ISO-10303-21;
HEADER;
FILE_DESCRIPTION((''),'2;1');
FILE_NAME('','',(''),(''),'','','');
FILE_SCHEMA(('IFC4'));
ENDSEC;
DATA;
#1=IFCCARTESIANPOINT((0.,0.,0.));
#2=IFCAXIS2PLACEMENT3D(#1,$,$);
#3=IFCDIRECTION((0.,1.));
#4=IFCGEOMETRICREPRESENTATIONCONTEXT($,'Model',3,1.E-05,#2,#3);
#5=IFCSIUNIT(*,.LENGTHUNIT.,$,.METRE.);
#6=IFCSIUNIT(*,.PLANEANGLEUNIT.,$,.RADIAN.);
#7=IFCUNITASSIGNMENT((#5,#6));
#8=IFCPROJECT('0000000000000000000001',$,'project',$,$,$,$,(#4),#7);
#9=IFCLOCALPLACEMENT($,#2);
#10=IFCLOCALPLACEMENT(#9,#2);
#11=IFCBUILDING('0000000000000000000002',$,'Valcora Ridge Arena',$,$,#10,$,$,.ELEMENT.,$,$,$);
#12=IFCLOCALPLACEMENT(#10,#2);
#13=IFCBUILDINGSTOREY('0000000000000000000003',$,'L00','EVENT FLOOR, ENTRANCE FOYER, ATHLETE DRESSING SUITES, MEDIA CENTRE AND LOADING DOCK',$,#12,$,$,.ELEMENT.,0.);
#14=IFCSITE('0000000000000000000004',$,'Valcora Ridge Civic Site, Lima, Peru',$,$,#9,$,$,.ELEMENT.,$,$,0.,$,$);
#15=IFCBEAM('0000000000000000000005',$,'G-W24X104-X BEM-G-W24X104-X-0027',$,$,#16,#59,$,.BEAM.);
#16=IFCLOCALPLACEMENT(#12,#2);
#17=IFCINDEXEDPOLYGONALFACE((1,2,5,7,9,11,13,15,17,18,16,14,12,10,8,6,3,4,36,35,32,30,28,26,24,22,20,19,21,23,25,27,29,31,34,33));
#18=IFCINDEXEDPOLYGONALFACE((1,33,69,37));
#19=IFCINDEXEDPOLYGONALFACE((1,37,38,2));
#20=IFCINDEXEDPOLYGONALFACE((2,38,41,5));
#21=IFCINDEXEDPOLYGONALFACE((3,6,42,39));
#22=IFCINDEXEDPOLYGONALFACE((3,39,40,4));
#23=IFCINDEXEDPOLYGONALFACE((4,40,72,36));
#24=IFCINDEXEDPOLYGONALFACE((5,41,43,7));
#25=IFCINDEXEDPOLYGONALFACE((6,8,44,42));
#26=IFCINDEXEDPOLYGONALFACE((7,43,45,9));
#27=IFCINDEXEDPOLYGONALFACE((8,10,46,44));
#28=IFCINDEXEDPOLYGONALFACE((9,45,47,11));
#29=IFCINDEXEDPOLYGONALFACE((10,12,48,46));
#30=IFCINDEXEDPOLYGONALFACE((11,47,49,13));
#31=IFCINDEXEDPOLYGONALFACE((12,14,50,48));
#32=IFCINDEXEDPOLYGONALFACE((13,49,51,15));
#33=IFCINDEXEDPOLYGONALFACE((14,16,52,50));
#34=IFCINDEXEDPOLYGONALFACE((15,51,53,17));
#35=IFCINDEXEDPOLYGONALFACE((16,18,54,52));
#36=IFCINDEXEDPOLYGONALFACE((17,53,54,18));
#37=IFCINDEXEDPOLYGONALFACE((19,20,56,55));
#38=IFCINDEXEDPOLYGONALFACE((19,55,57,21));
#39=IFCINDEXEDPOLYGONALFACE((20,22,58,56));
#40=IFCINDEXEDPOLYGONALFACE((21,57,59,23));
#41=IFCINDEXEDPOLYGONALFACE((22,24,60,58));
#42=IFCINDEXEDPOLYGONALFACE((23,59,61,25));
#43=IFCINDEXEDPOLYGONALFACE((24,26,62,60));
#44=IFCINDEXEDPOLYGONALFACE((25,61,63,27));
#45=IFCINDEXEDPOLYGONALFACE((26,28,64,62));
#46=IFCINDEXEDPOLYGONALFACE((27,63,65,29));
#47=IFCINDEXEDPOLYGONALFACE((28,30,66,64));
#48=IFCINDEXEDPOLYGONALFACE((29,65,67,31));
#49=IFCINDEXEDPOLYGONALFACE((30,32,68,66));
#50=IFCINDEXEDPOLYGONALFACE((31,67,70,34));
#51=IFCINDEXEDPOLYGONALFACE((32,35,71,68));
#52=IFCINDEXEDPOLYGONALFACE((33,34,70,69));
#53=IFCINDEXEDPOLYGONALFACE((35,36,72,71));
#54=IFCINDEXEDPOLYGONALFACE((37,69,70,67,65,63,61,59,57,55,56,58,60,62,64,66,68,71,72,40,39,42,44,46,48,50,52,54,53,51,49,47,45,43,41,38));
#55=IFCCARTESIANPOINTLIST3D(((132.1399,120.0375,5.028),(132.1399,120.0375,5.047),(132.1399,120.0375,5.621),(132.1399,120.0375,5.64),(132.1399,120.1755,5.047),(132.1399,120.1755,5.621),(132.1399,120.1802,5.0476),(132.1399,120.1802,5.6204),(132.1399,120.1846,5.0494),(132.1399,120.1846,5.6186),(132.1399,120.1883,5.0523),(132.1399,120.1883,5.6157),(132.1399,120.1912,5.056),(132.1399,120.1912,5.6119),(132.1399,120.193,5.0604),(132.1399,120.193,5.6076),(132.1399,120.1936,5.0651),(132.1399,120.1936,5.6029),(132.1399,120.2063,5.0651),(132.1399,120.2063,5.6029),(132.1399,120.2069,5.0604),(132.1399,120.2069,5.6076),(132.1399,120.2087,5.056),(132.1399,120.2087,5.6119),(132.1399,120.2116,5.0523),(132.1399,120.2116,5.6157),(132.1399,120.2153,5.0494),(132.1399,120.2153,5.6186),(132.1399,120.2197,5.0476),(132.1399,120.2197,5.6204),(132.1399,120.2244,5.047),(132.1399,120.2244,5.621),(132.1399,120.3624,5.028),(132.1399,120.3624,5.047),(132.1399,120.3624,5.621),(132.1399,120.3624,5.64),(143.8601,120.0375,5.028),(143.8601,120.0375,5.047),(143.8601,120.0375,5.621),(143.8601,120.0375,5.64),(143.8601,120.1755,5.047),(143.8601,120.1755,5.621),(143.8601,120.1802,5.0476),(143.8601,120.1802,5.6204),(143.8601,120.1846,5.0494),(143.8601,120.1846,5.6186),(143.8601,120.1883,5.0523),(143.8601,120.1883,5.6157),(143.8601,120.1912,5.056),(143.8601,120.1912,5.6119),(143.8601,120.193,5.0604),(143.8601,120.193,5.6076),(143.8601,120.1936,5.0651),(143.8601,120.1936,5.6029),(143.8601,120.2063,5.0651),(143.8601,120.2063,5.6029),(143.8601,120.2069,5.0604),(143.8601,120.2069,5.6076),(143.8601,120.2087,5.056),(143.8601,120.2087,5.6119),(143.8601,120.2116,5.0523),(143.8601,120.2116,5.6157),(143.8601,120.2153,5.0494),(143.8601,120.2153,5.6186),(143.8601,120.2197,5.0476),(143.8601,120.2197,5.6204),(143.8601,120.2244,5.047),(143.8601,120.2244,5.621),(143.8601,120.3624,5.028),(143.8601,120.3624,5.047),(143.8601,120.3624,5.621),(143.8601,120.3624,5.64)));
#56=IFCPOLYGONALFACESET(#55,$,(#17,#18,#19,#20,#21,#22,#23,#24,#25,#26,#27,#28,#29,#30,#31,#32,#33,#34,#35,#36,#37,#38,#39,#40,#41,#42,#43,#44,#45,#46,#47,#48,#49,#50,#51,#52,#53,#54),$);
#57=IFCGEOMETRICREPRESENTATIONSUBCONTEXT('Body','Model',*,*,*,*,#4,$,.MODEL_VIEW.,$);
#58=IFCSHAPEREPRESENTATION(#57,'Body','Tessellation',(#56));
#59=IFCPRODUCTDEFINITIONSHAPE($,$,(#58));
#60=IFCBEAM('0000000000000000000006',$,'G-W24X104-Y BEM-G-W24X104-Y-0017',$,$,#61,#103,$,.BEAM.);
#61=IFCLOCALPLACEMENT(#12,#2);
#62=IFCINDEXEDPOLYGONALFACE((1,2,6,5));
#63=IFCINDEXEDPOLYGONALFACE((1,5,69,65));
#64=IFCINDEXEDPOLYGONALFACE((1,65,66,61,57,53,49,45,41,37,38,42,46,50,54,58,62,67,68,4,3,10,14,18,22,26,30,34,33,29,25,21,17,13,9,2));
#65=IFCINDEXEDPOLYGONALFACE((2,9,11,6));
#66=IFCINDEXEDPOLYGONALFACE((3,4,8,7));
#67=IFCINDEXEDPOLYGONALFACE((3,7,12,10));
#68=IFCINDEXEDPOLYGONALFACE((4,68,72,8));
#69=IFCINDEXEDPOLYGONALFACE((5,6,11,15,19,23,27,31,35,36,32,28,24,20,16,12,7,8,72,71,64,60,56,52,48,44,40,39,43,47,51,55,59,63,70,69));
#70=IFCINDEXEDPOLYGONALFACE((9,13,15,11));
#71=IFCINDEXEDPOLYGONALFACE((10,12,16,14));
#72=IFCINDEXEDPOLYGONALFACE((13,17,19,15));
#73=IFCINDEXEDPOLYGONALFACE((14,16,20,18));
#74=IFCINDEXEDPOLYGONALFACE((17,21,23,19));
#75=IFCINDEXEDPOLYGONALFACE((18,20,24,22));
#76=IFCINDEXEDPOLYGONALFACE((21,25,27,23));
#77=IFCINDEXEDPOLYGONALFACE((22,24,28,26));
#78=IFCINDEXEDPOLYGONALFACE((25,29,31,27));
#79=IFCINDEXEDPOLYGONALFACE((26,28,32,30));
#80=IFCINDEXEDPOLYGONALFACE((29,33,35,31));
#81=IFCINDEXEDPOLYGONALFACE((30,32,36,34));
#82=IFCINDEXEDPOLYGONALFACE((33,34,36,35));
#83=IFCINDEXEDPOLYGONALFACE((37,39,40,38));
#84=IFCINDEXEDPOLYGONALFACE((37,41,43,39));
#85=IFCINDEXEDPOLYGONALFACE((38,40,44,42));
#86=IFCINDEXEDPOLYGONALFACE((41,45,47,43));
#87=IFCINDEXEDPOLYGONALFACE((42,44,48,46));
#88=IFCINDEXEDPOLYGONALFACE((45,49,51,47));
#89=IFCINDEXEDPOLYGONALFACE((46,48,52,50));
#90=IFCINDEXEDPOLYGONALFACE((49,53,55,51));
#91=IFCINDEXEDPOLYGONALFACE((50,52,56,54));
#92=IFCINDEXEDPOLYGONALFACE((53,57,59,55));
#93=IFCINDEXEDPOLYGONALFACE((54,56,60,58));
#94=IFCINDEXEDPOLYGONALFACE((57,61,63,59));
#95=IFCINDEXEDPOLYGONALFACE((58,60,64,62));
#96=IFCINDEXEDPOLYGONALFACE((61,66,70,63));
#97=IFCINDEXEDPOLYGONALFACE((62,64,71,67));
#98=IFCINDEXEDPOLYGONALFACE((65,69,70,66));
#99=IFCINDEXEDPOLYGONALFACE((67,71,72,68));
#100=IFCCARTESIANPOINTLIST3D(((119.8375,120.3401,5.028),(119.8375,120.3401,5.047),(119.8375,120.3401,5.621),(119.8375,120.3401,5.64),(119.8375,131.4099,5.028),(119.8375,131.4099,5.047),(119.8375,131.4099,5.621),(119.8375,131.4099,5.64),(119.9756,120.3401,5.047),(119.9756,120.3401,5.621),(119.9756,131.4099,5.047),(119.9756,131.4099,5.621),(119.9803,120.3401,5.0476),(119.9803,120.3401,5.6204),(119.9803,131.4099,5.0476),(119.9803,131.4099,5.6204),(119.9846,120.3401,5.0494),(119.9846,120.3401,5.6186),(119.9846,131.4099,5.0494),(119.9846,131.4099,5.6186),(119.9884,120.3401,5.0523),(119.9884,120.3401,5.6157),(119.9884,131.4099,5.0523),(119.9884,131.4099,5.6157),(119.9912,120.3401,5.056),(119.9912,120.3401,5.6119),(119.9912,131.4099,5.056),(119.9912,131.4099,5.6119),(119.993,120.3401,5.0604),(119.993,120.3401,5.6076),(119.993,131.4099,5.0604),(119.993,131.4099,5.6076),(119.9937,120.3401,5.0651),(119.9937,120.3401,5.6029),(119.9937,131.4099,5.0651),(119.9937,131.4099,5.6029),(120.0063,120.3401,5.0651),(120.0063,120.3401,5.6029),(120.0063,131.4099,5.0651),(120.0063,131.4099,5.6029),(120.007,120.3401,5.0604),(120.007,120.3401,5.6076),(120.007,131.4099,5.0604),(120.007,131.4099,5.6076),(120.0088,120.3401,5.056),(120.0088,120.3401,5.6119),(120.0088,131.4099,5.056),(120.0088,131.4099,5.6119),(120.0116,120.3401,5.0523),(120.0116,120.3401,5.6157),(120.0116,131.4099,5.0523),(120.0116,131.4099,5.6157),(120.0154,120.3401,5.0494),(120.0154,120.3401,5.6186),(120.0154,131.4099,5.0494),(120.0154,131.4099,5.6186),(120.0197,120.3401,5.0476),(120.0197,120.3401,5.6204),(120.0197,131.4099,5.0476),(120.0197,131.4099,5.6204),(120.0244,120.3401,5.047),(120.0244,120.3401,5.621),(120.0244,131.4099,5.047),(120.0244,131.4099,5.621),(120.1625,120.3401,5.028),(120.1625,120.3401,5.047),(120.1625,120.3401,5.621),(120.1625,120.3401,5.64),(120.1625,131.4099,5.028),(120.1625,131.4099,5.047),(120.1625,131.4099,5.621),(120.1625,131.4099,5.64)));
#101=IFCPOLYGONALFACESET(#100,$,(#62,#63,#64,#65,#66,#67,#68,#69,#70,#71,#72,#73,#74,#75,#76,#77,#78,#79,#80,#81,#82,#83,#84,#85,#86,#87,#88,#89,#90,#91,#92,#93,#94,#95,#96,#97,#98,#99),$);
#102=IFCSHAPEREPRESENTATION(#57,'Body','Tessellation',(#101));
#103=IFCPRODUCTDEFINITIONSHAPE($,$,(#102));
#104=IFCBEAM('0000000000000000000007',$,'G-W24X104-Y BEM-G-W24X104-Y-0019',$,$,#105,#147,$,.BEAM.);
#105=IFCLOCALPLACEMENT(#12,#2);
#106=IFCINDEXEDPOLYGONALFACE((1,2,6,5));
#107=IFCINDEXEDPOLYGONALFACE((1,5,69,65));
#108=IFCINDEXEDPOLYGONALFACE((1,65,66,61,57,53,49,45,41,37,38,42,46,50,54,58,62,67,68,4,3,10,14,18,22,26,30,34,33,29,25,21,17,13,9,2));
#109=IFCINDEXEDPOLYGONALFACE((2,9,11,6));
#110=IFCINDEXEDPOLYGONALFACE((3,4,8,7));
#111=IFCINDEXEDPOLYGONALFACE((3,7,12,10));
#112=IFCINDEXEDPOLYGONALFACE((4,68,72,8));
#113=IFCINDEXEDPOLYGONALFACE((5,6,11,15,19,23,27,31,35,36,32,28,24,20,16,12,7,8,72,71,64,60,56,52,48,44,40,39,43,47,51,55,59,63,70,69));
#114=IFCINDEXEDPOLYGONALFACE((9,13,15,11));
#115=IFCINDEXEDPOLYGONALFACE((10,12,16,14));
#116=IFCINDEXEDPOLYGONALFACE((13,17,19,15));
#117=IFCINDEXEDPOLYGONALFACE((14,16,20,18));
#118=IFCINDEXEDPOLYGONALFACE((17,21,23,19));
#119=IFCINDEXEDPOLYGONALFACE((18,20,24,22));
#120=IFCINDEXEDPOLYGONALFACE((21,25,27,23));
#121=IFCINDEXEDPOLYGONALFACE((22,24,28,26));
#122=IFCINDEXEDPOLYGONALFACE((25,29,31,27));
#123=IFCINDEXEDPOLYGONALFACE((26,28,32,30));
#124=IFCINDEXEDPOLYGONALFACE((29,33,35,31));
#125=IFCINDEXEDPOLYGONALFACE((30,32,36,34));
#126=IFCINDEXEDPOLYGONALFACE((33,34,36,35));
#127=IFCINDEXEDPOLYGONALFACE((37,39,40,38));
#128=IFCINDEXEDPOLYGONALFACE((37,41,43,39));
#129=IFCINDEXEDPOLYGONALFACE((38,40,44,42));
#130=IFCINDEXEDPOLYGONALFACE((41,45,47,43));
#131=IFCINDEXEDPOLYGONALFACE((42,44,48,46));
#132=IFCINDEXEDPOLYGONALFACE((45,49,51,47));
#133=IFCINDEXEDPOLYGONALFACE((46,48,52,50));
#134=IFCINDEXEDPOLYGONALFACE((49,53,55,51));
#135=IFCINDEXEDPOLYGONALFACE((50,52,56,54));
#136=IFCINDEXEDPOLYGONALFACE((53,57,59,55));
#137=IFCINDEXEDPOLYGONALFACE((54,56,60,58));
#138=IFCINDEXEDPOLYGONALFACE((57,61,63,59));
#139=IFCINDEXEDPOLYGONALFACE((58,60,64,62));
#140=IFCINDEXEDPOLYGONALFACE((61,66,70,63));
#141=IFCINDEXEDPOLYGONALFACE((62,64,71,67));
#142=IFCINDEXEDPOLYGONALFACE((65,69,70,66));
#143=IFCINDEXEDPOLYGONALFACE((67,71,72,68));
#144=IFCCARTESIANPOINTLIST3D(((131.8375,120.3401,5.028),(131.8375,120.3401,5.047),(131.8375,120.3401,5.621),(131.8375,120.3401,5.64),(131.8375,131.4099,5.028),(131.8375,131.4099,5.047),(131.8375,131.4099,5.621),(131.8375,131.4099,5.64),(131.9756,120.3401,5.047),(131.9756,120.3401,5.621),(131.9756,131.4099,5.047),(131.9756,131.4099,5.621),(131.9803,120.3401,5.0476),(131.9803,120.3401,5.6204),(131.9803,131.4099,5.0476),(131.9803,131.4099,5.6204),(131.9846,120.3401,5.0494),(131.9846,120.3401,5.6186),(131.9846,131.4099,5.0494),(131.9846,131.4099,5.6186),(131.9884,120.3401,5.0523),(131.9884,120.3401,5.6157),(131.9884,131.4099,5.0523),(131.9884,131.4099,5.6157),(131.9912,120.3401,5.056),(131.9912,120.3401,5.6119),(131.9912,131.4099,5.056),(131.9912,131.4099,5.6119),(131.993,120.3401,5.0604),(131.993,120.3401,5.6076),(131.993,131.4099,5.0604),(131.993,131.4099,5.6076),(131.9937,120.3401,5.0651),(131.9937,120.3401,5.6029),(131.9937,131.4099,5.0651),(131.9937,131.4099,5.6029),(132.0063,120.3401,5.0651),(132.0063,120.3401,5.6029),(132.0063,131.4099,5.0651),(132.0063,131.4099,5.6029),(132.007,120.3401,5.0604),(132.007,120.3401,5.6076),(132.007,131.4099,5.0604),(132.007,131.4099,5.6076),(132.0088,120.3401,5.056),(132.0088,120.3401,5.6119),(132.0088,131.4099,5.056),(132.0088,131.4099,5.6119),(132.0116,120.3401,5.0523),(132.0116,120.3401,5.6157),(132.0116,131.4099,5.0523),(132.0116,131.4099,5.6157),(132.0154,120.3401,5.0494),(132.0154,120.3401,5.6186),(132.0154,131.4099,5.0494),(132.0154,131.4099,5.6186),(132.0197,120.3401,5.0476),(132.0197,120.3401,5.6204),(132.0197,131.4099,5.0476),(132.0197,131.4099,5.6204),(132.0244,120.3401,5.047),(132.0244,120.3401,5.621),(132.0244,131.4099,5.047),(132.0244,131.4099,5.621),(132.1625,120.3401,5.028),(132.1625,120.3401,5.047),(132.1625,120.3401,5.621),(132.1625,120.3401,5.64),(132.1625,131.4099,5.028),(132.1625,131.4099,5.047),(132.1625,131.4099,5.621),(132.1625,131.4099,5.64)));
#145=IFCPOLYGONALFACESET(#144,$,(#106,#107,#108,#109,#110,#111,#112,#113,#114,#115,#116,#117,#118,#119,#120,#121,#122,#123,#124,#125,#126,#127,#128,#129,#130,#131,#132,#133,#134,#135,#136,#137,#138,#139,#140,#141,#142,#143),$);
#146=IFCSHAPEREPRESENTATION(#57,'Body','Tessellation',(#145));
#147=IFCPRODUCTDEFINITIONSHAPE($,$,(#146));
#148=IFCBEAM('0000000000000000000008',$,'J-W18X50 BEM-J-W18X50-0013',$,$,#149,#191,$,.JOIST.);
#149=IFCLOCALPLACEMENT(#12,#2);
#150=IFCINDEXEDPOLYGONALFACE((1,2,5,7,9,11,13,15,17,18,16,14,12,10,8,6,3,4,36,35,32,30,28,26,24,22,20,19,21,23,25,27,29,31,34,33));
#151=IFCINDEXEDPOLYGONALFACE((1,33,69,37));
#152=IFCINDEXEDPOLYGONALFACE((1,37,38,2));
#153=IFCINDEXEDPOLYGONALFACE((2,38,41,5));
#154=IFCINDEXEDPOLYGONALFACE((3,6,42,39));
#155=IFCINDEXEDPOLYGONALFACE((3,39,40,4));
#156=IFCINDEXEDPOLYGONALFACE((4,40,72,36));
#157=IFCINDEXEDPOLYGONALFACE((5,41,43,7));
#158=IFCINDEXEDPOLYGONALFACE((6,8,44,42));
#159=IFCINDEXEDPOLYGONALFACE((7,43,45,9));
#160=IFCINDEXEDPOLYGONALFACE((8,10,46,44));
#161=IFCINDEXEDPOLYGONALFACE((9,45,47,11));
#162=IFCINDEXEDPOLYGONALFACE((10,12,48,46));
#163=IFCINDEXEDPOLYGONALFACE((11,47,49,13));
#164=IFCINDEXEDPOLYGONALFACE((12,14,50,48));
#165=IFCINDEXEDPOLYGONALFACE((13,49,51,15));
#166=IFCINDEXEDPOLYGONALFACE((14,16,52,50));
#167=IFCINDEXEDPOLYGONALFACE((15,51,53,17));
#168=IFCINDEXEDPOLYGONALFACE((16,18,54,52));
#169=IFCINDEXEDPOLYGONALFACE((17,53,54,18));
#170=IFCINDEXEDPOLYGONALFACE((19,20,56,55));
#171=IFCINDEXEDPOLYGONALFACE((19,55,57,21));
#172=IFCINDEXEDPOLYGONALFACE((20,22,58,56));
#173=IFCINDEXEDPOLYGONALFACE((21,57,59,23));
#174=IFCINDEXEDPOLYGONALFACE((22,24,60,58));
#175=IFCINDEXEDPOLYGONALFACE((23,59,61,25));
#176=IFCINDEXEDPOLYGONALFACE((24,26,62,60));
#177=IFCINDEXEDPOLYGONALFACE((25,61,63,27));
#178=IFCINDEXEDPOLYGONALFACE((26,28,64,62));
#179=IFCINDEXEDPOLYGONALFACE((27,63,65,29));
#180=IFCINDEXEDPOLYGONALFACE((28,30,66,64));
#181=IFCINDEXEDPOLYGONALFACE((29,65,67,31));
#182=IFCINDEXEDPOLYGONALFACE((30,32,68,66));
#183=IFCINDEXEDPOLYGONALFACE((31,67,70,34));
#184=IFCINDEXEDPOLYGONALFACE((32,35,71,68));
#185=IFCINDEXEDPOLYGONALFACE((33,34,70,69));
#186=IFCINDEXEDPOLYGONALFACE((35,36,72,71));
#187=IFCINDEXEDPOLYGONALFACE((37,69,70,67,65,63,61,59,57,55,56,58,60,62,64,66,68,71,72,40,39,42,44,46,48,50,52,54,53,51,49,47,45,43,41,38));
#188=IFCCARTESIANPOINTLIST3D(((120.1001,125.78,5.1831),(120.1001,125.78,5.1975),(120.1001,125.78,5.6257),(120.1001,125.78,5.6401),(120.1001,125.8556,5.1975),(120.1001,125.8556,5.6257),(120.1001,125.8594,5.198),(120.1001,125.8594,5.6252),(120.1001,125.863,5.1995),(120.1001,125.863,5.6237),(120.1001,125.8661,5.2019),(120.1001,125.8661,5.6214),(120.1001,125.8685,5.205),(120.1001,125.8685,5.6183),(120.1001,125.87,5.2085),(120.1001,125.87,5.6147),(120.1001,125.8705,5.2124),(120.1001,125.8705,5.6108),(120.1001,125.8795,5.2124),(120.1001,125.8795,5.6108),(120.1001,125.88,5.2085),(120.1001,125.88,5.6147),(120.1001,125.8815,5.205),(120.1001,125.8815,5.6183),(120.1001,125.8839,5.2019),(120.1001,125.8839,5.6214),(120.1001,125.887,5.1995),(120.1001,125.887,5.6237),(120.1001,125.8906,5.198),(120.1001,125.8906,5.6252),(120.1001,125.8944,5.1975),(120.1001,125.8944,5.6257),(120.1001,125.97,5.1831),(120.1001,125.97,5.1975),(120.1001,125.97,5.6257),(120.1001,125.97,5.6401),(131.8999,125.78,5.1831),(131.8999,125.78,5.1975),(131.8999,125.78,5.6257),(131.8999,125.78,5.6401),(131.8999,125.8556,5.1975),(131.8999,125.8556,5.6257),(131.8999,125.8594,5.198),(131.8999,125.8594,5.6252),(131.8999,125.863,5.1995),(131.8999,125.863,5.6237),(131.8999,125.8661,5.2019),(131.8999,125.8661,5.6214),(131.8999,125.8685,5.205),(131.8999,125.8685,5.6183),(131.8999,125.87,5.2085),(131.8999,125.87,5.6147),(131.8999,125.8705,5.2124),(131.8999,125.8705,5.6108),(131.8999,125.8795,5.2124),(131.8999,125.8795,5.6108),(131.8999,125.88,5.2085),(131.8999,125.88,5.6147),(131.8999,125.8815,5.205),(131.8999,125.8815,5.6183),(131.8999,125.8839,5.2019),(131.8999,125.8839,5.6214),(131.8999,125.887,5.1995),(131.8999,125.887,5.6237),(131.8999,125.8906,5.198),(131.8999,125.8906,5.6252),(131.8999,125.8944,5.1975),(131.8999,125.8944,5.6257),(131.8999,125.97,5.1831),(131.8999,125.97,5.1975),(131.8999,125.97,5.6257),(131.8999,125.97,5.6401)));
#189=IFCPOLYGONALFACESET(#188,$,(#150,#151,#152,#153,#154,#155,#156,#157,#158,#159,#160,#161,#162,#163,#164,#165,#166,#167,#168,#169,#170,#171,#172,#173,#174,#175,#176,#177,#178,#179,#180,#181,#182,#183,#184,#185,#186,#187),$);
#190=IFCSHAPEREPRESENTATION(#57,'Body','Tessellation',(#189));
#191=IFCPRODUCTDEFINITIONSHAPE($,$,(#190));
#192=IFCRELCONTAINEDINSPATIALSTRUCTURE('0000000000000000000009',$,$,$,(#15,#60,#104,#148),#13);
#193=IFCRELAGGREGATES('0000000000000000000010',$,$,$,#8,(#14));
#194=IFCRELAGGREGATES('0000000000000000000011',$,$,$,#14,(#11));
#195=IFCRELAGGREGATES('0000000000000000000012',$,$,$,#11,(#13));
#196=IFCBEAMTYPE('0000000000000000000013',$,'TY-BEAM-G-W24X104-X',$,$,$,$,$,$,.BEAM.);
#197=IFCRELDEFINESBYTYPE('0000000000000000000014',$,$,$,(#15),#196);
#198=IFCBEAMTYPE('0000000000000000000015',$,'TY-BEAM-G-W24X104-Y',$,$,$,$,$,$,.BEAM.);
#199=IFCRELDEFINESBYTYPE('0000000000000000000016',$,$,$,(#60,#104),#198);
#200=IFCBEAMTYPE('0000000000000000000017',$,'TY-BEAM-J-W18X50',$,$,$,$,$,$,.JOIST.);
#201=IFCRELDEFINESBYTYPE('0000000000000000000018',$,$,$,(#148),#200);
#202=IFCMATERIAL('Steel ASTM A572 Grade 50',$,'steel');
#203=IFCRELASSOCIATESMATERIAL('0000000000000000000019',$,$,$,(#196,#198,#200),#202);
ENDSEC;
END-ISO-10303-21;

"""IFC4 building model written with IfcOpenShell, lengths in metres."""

from ifc_helpers import new_model, si_unit, direction, frame, origin, origin_2d, place, context, subcontext, project, spatial, i_section, extrude, material, material_profile, profile_set, type_object, element, save


model = new_model("IFC4")

# Units and contexts
model_context = context("Model", 3, precision=1e-05, world=origin(), true_north=direction((0.0, 1.0)))
body_context = subcontext(model_context, "Body", "Model", "MODEL_VIEW")
ifc_project = project(units=[si_unit("LENGTHUNIT", "METRE"), si_unit("PLANEANGLEUNIT", "RADIAN")], contexts=[model_context])

# Site, building, storey
site_placement = place(None, origin())
site = spatial("IfcSite", under=ifc_project, at=site_placement, Name="Valcora Ridge Civic Site, Lima, Peru", CompositionType="ELEMENT", RefElevation=0.0)
building_placement = place(site_placement, origin())
building = spatial("IfcBuilding", under=site, at=building_placement, Name="Valcora Ridge Arena", CompositionType="ELEMENT")
storey_placement = place(building_placement, origin())
storey = spatial("IfcBuildingStorey", under=building, at=storey_placement, Name="L00", Description="EVENT FLOOR, ENTRANCE FOYER, ATHLETE DRESSING SUITES, MEDIA CENTRE AND LOADING DOCK", CompositionType="ELEMENT", Elevation=0.0)

# Beams
ifc_material_1 = material(Name="Steel ASTM A572 Grade 50", Category="steel")
ifc_material_profile_1 = material_profile(ifc_material_1, i_section(OverallWidth=0.325, OverallDepth=0.6121, WebThickness=0.0127, FlangeThickness=0.019, FilletRadius=0.0181, at=origin_2d()), Name="W24X104")
ifc_profile_set_1 = profile_set([ifc_material_profile_1], Name="Steel ASTM A572 Grade 50")
beam_type_1 = type_object("IfcBeamType", Name="TY-BEAM-G-W24X104-X", PredefinedType="BEAM", material=ifc_profile_set_1)
for number, where, z_axis, x_axis, name in (
    (1, (132.1399, 120.2, 5.334), (1.0, 0.0, 0.0), (0.0, 1.0, 0.0), "G-W24X104-X BEM-G-W24X104-X-0027"),
):
    element("IfcBeam", number, at=place(storey_placement, frame(where, z_axis=z_axis, x_axis=x_axis)), inside=storey, type_object=beam_type_1, Name=name, PredefinedType="BEAM", context=body_context, shape_type="SweptSolid", body=[
        extrude(i_section(OverallWidth=0.325, OverallDepth=0.6121, WebThickness=0.0127, FlangeThickness=0.019, FilletRadius=0.0181, at=origin_2d()), origin(), (0.0, 0.0, 1.0), 11.7202),
    ])
ifc_material_profile_2 = material_profile(ifc_material_1, i_section(OverallWidth=0.325, OverallDepth=0.6121, WebThickness=0.0127, FlangeThickness=0.019, FilletRadius=0.0181, at=origin_2d()), Name="W24X104")
ifc_profile_set_2 = profile_set([ifc_material_profile_2], Name="Steel ASTM A572 Grade 50")
beam_type_2 = type_object("IfcBeamType", Name="TY-BEAM-G-W24X104-Y", PredefinedType="BEAM", material=ifc_profile_set_2)
for number, where, z_axis, x_axis, name in (
    (2, (120.0, 120.3401, 5.334), (0.0, 1.0, 0.0), (-1.0, 0.0, 0.0), "G-W24X104-Y BEM-G-W24X104-Y-0017"),
    (3, (132.0, 120.3401, 5.334), (0.0, 1.0, 0.0), (-1.0, 0.0, 0.0), "G-W24X104-Y BEM-G-W24X104-Y-0019"),
):
    element("IfcBeam", number, at=place(storey_placement, frame(where, z_axis=z_axis, x_axis=x_axis)), inside=storey, type_object=beam_type_2, Name=name, PredefinedType="BEAM", context=body_context, shape_type="SweptSolid", body=[
        extrude(i_section(OverallWidth=0.325, OverallDepth=0.6121, WebThickness=0.0127, FlangeThickness=0.019, FilletRadius=0.0181, at=origin_2d()), origin(), (0.0, 0.0, 1.0), 11.0698),
    ])
ifc_material_profile_3 = material_profile(ifc_material_1, i_section(OverallWidth=0.1899, OverallDepth=0.457, WebThickness=0.009, FlangeThickness=0.0144, FilletRadius=0.0149, at=origin_2d()), Name="W18X50")
ifc_profile_set_3 = profile_set([ifc_material_profile_3], Name="Steel ASTM A572 Grade 50")
beam_type_3 = type_object("IfcBeamType", Name="TY-BEAM-J-W18X50", PredefinedType="JOIST", material=ifc_profile_set_3)
beam_placement = place(storey_placement, frame((120.1001, 125.875, 5.4116), z_axis=(1.0, 0.0, 0.0), x_axis=(0.0, 1.0, 0.0)))
element("IfcBeam", 4, at=beam_placement, inside=storey, type_object=beam_type_3, Name="J-W18X50 BEM-J-W18X50-0013", PredefinedType="JOIST", context=body_context, shape_type="SweptSolid", body=[
    extrude(i_section(OverallWidth=0.1899, OverallDepth=0.457, WebThickness=0.009, FlangeThickness=0.0144, FilletRadius=0.0149, at=origin_2d()), origin(), (0.0, 0.0, 1.0), 11.7998),
])

save(model, "model.ifc")
